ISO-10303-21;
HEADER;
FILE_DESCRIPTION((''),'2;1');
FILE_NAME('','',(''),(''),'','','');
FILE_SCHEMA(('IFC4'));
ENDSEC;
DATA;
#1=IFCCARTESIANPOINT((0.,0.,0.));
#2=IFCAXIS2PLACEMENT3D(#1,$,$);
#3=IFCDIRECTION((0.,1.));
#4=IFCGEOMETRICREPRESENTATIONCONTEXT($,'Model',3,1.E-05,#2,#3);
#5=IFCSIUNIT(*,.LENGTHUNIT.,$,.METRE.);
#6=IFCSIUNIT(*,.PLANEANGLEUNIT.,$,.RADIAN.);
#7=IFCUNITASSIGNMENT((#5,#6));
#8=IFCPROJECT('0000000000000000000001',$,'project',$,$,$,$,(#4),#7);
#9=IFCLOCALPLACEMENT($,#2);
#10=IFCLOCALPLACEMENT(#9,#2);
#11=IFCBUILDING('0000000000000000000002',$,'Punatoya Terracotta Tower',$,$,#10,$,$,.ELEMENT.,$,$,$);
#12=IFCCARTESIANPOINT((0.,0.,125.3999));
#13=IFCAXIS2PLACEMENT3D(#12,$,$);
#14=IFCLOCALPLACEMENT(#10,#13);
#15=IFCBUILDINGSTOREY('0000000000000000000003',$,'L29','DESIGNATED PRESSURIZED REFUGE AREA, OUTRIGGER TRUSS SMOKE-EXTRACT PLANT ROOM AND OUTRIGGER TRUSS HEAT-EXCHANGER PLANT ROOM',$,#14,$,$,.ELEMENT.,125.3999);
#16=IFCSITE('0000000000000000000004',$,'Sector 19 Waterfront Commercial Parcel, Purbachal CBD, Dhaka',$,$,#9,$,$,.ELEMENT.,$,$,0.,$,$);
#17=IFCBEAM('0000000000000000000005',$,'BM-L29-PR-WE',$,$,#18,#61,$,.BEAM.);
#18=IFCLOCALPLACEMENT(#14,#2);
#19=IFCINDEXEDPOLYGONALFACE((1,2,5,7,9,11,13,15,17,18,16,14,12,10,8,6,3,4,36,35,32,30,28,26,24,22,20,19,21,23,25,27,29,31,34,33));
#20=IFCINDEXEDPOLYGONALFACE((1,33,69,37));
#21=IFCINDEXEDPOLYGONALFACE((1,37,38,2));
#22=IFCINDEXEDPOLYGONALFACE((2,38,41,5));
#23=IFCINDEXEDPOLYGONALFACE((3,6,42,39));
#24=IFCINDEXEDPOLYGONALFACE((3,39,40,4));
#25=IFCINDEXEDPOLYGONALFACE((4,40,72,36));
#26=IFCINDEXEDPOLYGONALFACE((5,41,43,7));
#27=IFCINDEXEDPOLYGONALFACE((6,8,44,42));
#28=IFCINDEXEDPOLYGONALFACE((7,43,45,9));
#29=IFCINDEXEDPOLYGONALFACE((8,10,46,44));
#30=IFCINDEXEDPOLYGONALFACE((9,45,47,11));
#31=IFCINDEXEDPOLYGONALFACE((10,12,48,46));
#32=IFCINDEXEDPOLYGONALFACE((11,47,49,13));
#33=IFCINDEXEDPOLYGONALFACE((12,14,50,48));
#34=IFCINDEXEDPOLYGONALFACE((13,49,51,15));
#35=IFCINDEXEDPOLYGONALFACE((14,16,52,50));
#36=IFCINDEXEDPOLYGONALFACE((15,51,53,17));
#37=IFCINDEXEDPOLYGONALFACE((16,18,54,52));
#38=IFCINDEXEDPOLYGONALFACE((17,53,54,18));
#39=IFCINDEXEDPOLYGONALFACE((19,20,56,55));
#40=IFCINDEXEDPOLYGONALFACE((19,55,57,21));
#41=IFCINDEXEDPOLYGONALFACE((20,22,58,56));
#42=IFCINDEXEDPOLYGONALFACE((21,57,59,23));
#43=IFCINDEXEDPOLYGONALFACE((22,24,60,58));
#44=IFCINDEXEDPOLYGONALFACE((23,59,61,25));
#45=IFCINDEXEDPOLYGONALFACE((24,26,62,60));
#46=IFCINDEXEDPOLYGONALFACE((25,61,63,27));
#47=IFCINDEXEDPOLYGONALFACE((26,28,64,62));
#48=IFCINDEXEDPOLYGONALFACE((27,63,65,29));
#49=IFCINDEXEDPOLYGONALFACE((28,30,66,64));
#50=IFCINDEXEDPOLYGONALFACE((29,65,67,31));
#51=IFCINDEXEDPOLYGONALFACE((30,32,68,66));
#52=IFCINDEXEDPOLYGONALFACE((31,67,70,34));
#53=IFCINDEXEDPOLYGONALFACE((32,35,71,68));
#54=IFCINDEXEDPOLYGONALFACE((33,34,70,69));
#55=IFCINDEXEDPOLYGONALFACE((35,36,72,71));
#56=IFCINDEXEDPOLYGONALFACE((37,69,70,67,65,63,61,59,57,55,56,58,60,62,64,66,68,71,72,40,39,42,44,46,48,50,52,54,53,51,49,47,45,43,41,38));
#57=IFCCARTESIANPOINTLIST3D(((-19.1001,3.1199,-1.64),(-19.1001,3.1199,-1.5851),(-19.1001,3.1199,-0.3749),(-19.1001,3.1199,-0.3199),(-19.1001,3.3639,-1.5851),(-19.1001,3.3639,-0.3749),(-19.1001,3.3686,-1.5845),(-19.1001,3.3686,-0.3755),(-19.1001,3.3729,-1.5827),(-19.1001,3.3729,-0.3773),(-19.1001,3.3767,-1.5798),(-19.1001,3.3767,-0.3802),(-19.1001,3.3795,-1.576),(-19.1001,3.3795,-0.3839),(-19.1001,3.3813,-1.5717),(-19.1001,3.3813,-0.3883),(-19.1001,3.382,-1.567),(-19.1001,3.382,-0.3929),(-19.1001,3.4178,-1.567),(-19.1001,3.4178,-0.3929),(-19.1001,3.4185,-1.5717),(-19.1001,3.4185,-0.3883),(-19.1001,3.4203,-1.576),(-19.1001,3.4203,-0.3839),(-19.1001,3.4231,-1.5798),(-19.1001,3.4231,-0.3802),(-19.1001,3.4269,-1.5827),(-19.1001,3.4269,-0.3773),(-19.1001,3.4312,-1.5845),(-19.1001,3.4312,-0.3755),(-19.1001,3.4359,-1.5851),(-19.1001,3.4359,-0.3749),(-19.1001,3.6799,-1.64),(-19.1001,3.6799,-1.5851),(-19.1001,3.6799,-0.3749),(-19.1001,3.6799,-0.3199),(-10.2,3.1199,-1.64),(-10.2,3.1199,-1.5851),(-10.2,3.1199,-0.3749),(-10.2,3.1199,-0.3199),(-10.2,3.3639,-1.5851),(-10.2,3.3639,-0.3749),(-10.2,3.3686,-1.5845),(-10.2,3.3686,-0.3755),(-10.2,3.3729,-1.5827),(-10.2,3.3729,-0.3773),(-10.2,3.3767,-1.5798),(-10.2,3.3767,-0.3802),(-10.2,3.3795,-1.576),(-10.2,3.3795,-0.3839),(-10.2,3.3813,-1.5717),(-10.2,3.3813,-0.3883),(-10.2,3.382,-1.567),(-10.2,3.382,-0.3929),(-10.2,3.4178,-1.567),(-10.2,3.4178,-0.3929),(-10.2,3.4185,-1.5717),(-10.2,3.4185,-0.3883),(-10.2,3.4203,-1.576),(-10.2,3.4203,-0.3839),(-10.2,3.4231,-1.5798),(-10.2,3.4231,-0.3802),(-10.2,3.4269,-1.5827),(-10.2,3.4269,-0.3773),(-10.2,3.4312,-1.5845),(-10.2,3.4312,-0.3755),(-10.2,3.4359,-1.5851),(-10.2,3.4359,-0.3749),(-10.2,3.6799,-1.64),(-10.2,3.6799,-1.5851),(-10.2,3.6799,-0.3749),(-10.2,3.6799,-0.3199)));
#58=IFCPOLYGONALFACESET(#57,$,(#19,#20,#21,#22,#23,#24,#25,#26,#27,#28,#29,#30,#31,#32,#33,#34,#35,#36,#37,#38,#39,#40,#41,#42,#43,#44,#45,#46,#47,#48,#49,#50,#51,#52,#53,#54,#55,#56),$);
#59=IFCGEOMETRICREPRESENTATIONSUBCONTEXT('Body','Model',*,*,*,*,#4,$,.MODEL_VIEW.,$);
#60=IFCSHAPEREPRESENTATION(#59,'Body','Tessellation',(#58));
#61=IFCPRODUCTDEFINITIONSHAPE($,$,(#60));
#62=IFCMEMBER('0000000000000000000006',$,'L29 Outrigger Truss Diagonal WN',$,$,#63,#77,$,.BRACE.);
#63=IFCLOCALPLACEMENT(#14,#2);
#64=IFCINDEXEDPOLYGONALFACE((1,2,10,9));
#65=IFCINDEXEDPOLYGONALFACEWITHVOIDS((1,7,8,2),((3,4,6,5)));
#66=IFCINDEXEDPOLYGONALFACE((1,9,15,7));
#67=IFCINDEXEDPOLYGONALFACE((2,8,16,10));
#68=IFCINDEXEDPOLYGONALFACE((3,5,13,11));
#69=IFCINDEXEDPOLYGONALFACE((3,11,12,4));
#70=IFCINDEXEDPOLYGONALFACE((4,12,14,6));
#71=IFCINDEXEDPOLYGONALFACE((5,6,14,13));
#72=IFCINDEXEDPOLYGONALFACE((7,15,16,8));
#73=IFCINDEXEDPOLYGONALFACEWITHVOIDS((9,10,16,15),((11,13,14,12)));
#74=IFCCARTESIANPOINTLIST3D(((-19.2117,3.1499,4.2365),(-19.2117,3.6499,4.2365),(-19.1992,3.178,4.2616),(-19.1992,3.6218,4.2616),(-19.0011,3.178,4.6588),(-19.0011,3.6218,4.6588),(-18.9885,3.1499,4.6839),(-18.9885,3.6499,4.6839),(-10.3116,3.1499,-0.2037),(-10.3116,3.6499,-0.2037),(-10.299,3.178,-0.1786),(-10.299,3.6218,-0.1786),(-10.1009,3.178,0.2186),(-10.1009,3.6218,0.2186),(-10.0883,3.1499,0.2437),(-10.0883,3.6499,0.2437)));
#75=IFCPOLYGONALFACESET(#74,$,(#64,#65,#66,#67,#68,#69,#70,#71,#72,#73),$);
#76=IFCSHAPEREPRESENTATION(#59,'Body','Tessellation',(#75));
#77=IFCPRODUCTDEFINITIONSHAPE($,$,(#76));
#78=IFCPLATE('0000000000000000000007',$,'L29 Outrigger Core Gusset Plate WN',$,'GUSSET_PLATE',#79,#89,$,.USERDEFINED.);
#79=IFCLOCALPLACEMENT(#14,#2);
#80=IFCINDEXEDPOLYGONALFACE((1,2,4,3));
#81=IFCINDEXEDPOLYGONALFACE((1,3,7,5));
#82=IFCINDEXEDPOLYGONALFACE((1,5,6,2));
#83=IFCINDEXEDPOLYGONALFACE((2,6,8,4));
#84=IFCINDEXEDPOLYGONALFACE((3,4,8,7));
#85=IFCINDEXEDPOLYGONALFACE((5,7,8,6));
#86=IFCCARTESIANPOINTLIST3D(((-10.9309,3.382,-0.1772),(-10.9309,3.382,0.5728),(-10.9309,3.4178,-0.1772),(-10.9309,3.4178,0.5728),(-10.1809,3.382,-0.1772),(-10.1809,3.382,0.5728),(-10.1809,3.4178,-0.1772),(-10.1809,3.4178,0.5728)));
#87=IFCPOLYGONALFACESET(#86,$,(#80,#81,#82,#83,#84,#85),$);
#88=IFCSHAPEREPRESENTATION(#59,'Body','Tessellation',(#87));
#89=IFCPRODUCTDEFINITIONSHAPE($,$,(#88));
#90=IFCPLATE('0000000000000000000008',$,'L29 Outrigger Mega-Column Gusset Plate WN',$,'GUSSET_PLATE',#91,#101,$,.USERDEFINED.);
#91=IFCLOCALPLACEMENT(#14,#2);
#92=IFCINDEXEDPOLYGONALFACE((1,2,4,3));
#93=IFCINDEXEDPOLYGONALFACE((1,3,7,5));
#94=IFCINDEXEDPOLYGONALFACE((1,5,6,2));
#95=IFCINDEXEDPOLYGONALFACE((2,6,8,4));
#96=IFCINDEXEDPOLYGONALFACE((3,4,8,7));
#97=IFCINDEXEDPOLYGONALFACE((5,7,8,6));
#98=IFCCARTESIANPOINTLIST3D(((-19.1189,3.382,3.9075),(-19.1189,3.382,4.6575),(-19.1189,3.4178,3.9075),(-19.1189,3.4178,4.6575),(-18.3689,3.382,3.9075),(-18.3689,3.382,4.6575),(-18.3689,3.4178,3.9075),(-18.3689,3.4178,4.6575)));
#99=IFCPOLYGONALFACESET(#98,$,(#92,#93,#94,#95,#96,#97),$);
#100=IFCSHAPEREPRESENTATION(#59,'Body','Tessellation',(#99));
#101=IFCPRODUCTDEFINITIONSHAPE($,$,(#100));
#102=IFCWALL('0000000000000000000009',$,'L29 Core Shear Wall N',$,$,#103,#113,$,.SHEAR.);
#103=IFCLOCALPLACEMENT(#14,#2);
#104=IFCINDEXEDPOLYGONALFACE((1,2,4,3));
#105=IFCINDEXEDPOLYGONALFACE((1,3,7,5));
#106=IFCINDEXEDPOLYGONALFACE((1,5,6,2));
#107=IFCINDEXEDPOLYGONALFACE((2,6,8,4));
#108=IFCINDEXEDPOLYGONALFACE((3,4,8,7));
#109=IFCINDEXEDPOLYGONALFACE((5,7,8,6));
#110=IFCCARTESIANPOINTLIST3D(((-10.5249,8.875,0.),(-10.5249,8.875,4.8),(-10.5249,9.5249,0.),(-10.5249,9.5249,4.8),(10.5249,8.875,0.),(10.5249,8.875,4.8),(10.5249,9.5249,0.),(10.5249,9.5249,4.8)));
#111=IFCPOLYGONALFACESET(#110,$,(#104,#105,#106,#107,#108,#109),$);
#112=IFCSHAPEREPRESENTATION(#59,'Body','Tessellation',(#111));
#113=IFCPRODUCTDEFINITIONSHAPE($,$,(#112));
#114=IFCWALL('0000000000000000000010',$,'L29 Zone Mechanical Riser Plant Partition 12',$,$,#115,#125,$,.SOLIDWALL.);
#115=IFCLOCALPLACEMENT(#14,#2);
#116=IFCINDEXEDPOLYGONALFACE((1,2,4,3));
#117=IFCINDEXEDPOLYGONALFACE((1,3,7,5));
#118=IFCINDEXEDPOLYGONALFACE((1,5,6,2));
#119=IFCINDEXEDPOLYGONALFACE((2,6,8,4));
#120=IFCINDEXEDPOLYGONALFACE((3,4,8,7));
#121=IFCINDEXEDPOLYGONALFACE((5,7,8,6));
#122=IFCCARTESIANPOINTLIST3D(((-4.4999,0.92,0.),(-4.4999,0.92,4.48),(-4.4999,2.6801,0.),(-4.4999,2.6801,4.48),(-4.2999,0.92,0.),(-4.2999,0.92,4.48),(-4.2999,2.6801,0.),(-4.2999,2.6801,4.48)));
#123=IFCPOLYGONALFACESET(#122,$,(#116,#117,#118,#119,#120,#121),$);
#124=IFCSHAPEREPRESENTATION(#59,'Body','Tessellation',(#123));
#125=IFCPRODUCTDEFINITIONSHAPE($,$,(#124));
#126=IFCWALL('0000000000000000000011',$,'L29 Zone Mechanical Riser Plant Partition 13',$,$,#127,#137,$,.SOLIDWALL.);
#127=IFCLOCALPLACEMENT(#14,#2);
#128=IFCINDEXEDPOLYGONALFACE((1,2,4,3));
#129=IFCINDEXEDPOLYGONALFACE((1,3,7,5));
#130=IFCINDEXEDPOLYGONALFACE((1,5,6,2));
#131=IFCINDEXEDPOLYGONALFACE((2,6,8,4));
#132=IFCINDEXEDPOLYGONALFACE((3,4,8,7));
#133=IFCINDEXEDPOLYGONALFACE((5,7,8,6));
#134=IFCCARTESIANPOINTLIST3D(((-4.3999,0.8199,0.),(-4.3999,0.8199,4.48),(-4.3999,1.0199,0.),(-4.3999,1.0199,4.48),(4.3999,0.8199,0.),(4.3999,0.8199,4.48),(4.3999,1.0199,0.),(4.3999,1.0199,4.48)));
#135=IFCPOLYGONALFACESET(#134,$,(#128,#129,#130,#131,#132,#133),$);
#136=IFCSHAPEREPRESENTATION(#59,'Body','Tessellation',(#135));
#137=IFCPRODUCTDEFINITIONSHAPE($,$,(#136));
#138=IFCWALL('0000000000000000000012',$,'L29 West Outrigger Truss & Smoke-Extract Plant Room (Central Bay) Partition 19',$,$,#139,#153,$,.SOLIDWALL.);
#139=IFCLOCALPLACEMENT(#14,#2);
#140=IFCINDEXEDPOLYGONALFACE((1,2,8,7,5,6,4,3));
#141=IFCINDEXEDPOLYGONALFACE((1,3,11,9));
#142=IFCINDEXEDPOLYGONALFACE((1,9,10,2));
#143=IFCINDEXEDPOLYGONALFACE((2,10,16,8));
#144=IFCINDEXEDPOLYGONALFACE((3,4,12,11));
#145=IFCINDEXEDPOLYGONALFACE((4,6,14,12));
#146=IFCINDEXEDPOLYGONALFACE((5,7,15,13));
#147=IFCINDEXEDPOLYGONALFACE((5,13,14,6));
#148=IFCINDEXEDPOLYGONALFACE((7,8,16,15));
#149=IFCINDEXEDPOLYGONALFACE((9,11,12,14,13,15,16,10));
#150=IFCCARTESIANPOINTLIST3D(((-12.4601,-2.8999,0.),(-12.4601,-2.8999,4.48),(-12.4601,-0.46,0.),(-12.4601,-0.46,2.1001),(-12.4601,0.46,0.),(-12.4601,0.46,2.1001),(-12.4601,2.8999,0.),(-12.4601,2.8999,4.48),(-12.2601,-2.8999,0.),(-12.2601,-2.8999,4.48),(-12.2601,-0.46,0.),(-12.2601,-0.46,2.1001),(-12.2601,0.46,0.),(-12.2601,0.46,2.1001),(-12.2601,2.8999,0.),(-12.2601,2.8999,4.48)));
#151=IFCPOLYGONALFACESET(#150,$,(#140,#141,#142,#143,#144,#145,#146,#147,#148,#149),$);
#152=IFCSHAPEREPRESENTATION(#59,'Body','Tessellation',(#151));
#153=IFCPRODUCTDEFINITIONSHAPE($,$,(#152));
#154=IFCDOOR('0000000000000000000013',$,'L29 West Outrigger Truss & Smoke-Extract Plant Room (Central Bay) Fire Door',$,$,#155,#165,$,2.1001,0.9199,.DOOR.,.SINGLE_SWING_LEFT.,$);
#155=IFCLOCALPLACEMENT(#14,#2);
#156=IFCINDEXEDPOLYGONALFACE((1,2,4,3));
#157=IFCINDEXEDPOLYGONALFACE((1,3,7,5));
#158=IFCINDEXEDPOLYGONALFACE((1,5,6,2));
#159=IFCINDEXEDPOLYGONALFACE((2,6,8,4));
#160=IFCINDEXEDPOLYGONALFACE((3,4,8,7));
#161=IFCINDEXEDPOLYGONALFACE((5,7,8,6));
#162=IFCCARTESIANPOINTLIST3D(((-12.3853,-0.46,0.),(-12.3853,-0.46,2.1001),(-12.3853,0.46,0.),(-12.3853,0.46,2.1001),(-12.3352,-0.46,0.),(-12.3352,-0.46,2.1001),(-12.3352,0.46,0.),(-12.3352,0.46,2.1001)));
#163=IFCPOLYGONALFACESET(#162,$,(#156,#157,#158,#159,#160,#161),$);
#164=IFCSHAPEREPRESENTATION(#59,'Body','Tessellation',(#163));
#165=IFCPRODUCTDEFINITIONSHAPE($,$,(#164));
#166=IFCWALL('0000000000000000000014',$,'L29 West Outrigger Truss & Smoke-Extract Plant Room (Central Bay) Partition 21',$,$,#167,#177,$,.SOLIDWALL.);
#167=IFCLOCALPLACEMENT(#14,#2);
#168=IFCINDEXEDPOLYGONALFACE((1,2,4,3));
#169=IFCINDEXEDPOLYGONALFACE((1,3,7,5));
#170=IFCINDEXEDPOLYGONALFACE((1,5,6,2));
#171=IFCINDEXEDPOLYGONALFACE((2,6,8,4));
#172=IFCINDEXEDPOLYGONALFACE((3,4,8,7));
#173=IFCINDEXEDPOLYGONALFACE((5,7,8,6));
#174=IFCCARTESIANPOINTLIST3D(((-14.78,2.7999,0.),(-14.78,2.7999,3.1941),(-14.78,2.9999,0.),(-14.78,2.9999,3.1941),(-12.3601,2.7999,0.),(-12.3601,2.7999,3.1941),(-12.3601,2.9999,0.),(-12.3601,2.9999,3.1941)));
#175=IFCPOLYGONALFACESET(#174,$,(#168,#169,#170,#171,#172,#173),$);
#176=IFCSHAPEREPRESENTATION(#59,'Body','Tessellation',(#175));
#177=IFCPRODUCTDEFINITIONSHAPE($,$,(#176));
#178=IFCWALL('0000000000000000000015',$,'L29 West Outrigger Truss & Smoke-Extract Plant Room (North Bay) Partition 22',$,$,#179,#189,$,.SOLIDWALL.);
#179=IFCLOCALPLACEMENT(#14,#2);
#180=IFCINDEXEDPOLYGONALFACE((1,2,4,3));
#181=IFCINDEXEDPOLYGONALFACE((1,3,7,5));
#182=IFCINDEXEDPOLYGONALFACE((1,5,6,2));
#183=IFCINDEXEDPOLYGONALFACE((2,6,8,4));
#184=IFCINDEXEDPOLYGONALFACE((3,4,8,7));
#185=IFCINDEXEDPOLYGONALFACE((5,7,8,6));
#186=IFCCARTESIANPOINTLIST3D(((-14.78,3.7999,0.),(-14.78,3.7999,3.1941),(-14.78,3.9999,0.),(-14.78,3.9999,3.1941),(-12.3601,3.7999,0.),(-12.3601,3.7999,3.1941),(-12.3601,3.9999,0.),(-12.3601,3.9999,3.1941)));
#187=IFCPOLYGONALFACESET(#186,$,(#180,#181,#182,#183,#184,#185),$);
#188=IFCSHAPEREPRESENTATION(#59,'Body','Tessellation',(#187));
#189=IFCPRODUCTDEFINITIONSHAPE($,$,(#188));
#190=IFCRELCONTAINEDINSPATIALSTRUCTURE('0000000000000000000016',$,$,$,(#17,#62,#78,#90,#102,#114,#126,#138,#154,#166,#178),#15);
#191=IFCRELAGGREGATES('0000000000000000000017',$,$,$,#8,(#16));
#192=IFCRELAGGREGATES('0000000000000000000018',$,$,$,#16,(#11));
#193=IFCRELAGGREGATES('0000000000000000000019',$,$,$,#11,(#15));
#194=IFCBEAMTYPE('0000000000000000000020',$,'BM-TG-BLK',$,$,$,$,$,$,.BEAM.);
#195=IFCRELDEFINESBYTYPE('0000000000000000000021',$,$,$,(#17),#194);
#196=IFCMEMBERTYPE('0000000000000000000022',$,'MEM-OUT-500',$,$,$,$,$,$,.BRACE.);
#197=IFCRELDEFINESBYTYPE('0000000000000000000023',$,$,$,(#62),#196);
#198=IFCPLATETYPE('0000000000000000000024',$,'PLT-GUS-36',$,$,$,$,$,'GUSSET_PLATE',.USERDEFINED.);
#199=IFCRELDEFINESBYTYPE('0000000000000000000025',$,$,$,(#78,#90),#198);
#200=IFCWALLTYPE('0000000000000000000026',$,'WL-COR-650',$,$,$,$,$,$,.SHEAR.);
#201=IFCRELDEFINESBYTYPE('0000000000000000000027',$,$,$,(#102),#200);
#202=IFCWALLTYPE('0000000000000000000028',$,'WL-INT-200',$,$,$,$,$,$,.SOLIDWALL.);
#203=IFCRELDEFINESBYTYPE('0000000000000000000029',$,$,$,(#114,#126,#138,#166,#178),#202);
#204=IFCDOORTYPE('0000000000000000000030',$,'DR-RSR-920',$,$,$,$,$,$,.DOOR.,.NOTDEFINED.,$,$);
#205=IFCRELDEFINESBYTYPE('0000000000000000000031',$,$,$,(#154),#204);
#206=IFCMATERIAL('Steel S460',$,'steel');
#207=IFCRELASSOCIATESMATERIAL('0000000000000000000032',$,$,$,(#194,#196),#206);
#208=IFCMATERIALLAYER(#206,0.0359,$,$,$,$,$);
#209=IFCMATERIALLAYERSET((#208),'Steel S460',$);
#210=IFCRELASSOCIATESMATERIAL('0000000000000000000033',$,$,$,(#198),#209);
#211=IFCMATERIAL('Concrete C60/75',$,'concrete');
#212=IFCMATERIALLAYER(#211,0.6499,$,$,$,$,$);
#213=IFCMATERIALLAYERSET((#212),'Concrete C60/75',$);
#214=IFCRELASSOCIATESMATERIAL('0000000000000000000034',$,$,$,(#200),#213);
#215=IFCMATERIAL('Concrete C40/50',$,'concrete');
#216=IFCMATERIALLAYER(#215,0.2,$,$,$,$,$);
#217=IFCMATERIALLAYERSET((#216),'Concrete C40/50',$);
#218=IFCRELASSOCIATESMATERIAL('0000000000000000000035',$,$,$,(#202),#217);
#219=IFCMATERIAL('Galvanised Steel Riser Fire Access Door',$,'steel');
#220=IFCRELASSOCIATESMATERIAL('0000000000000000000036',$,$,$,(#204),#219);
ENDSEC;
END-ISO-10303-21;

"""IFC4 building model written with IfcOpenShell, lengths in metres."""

from ifc_helpers import new_model, si_unit, direction, frame, frame_2d, origin, origin_2d, place, context, subcontext, project, spatial, rectangle, hollow_rectangle, i_section, extrude, material, layer, layer_set, material_profile, profile_set, type_object, element, fill, save


model = new_model("IFC4")

# Units and contexts
model_context = context("Model", 3, precision=1e-05, world=origin(), true_north=direction((0.0, 1.0)))
body_context = subcontext(model_context, "Body", "Model", "MODEL_VIEW")
ifc_project = project(units=[si_unit("LENGTHUNIT", "METRE"), si_unit("PLANEANGLEUNIT", "RADIAN")], contexts=[model_context])

# Site, building, storey
site_placement = place(None, origin())
site = spatial("IfcSite", under=ifc_project, at=site_placement, Name="Sector 19 Waterfront Commercial Parcel, Purbachal CBD, Dhaka", CompositionType="ELEMENT", RefElevation=0.0)
building_placement = place(site_placement, origin())
building = spatial("IfcBuilding", under=site, at=building_placement, Name="Punatoya Terracotta Tower", CompositionType="ELEMENT")
storey_placement = place(building_placement, frame((0.0, 0.0, 125.3999)))
storey = spatial("IfcBuildingStorey", under=building, at=storey_placement, Name="L29", Description="DESIGNATED PRESSURIZED REFUGE AREA, OUTRIGGER TRUSS SMOKE-EXTRACT PLANT ROOM AND OUTRIGGER TRUSS HEAT-EXCHANGER PLANT ROOM", CompositionType="ELEMENT", Elevation=125.3999)

# Shared definitions
ifc_material_1 = material(Name="Steel S460", Category="steel")

# Beam
ifc_material_2 = material(Name="Concrete C60/75", Category="concrete")
ifc_material_profile_1 = material_profile(ifc_material_1, i_section(OverallWidth=0.5601, OverallDepth=1.3201, WebThickness=0.0359, FlangeThickness=0.0549, FilletRadius=0.0181, at=origin_2d()))
ifc_profile_set_1 = profile_set([ifc_material_profile_1], Name="Steel S460")
beam_type_1 = type_object("IfcBeamType", Name="BM-TG-BLK", PredefinedType="BEAM", material=ifc_profile_set_1)
beam_1_placement = place(storey_placement, frame((-19.1001, 3.3999, -0.98), z_axis=(1.0, 0.0, 0.0), x_axis=(0.0, 1.0, 0.0)))
element("IfcBeam", 1, at=beam_1_placement, inside=storey, type_object=beam_type_1, Name="BM-L29-PR-WE", PredefinedType="BEAM", context=body_context, shape_type="SweptSolid", body=[
    extrude(i_section(OverallWidth=0.5601, OverallDepth=1.3201, WebThickness=0.0359, FlangeThickness=0.0549, FilletRadius=0.0181, at=origin_2d()), origin(), (0.0, 0.0, 1.0), 8.9001),
])

# Member
ifc_material_profile_2 = material_profile(ifc_material_1, hollow_rectangle(XDim=0.5, YDim=0.5, WallThickness=0.0281, at=origin_2d()))
ifc_profile_set_2 = profile_set([ifc_material_profile_2], Name="Steel S460")
member_type = type_object("IfcMemberType", Name="MEM-OUT-500", PredefinedType="BRACE", material=ifc_profile_set_2)
member_placement = place(storey_placement, frame((-10.2, 3.3999, 0.02), z_axis=(-0.894824, 0.0, 0.446418), x_axis=(0.0, -1.0, 0.0)))
element("IfcMember", 2, at=member_placement, inside=storey, type_object=member_type, Name="L29 Outrigger Truss Diagonal WN", PredefinedType="BRACE", context=body_context, shape_type="SweptSolid", body=[
    extrude(hollow_rectangle(XDim=0.5, YDim=0.5, WallThickness=0.0281, at=origin_2d()), origin(), (0.0, 0.0, 1.0), 9.9463),
])

# Plates
ifc_layer_1 = layer(ifc_material_1, 0.0359)
ifc_layer_set_1 = layer_set([ifc_layer_1], Name="Steel S460")
plate_type = type_object("IfcPlateType", Name="PLT-GUS-36", ElementType="GUSSET_PLATE", PredefinedType="USERDEFINED", material=ifc_layer_set_1)
for number, where, z_axis, x_axis, name in (
    (3, (-10.5559, 3.3999, -0.1772), (0.0, 0.0, 1.0), (1.0, 0.0, 0.0), "L29 Outrigger Core Gusset Plate WN"),
    (4, (-18.7439, 3.3999, 3.9075), (0.0, 0.0, 1.0), (1.0, 0.0, 0.0), "L29 Outrigger Mega-Column Gusset Plate WN"),
):
    element("IfcPlate", number, at=place(storey_placement, frame(where, z_axis=z_axis, x_axis=x_axis)), inside=storey, type_object=plate_type, Name=name, ObjectType="GUSSET_PLATE", PredefinedType="USERDEFINED", context=body_context, shape_type="SweptSolid", body=[
        extrude(rectangle(XDim=0.75, YDim=0.0359, at=origin_2d()), origin(), (0.0, 0.0, 1.0), 0.75),
    ])

# Walls
ifc_layer_2 = layer(ifc_material_2, 0.6499)
ifc_layer_set_2 = layer_set([ifc_layer_2], Name="Concrete C60/75")
wall_type_1 = type_object("IfcWallType", Name="WL-COR-650", PredefinedType="SHEAR", material=ifc_layer_set_2)
wall_1_placement = place(storey_placement, frame((-10.5249, 9.2, 0.0), z_axis=(0.0, 0.0, 1.0), x_axis=(1.0, 0.0, 0.0)))
element("IfcWall", 5, at=wall_1_placement, inside=storey, type_object=wall_type_1, Name="L29 Core Shear Wall N", PredefinedType="SHEAR", context=body_context, shape_type="SweptSolid", body=[
    extrude(rectangle(XDim=21.0498, YDim=0.6499, at=frame_2d((10.5249, 0.0))), origin(), (0.0, 0.0, 1.0), 4.8),
])
ifc_material_3 = material(Name="Concrete C40/50", Category="concrete")
ifc_layer_3 = layer(ifc_material_3, 0.2)
ifc_layer_set_3 = layer_set([ifc_layer_3], Name="Concrete C40/50")
wall_type_2 = type_object("IfcWallType", Name="WL-INT-200", PredefinedType="SOLIDWALL", material=ifc_layer_set_3)
wall_2_placement = place(storey_placement, frame((-4.3999, 2.6799, 0.0), z_axis=(0.0, 0.0, 1.0), x_axis=(0.0, -1.0, 0.0)))
element("IfcWall", 6, at=wall_2_placement, inside=storey, type_object=wall_type_2, Name="L29 Zone Mechanical Riser Plant Partition 12", PredefinedType="SOLIDWALL", context=body_context, shape_type="SweptSolid", body=[
    extrude(rectangle(XDim=1.76, YDim=0.2, at=frame_2d((0.8799, 0.0))), origin(), (0.0, 0.0, 1.0), 4.48),
])
wall_3_placement = place(storey_placement, frame((-4.3999, 0.9199, 0.0), z_axis=(0.0, 0.0, 1.0), x_axis=(1.0, 0.0, 0.0)))
element("IfcWall", 7, at=wall_3_placement, inside=storey, type_object=wall_type_2, Name="L29 Zone Mechanical Riser Plant Partition 13", PredefinedType="SOLIDWALL", context=body_context, shape_type="SweptSolid", body=[
    extrude(rectangle(XDim=8.7998, YDim=0.2, at=frame_2d((4.3999, 0.0))), origin(), (0.0, 0.0, 1.0), 4.48),
])

# Wall, opening, door
wall_4_placement = place(storey_placement, frame((-12.3601, 2.8999, 0.0), z_axis=(0.0, 0.0, 1.0), x_axis=(0.0, -1.0, 0.0)))
wall_4 = element("IfcWall", 8, at=wall_4_placement, inside=storey, type_object=wall_type_2, Name="L29 West Outrigger Truss & Smoke-Extract Plant Room (Central Bay) Partition 19", PredefinedType="SOLIDWALL", context=body_context, shape_type="SweptSolid", body=[
    extrude(rectangle(XDim=5.7998, YDim=0.2, at=frame_2d((2.8999, 0.0))), origin(), (0.0, 0.0, 1.0), 4.48),
])
opening_1_placement = place(wall_4_placement, frame((2.4399, 0.0, 0.0)))
opening_1 = element("IfcOpeningElement", 9, at=opening_1_placement, cuts=wall_4, PredefinedType="OPENING", context=body_context, shape_type="SweptSolid", body=[
    extrude(rectangle(XDim=0.9199, YDim=2.1001, at=frame_2d((0.46, 1.05))), frame((0.0, 0.1099, 0.0), z_axis=(0.0, -1.0, 0.0), x_axis=(1.0, 0.0, 0.0)), (0.0, 0.0, 1.0), 0.22),
])
ifc_material_4 = material(Name="Galvanised Steel Riser Fire Access Door", Category="steel")
door_type_1 = type_object("IfcDoorType", Name="DR-RSR-920", OperationType="NOTDEFINED", PredefinedType="DOOR", material=ifc_material_4)
door_1_placement = place(opening_1_placement, origin())
door_1 = element("IfcDoor", 10, at=door_1_placement, inside=storey, type_object=door_type_1, Name="L29 West Outrigger Truss & Smoke-Extract Plant Room (Central Bay) Fire Door", OperationType="SINGLE_SWING_LEFT", OverallHeight=2.1001, OverallWidth=0.9199, PredefinedType="DOOR", context=body_context, shape_type="SweptSolid", body=[
    extrude(rectangle(XDim=0.9199, YDim=2.1001, at=frame_2d((0.46, 1.05))), frame((0.0, 0.0249, 0.0), z_axis=(0.0, -1.0, 0.0), x_axis=(1.0, 0.0, 0.0)), (0.0, 0.0, 1.0), 0.05),
])
fill(opening_1, door_1)

# Walls
for number, where, z_axis, x_axis, name in (
    (11, (-14.78, 2.8999, 0.0), (0.0, 0.0, 1.0), (1.0, 0.0, 0.0), "L29 West Outrigger Truss & Smoke-Extract Plant Room (Central Bay) Partition 21"),
    (12, (-12.3601, 3.8999, 0.0), (0.0, 0.0, 1.0), (-1.0, 0.0, 0.0), "L29 West Outrigger Truss & Smoke-Extract Plant Room (North Bay) Partition 22"),
):
    element("IfcWall", number, at=place(storey_placement, frame(where, z_axis=z_axis, x_axis=x_axis)), inside=storey, type_object=wall_type_2, Name=name, PredefinedType="SOLIDWALL", context=body_context, shape_type="SweptSolid", body=[
        extrude(rectangle(XDim=2.4199, YDim=0.2, at=frame_2d((1.21, 0.0))), origin(), (0.0, 0.0, 1.0), 3.1941),
    ])

save(model, "model.ifc")
